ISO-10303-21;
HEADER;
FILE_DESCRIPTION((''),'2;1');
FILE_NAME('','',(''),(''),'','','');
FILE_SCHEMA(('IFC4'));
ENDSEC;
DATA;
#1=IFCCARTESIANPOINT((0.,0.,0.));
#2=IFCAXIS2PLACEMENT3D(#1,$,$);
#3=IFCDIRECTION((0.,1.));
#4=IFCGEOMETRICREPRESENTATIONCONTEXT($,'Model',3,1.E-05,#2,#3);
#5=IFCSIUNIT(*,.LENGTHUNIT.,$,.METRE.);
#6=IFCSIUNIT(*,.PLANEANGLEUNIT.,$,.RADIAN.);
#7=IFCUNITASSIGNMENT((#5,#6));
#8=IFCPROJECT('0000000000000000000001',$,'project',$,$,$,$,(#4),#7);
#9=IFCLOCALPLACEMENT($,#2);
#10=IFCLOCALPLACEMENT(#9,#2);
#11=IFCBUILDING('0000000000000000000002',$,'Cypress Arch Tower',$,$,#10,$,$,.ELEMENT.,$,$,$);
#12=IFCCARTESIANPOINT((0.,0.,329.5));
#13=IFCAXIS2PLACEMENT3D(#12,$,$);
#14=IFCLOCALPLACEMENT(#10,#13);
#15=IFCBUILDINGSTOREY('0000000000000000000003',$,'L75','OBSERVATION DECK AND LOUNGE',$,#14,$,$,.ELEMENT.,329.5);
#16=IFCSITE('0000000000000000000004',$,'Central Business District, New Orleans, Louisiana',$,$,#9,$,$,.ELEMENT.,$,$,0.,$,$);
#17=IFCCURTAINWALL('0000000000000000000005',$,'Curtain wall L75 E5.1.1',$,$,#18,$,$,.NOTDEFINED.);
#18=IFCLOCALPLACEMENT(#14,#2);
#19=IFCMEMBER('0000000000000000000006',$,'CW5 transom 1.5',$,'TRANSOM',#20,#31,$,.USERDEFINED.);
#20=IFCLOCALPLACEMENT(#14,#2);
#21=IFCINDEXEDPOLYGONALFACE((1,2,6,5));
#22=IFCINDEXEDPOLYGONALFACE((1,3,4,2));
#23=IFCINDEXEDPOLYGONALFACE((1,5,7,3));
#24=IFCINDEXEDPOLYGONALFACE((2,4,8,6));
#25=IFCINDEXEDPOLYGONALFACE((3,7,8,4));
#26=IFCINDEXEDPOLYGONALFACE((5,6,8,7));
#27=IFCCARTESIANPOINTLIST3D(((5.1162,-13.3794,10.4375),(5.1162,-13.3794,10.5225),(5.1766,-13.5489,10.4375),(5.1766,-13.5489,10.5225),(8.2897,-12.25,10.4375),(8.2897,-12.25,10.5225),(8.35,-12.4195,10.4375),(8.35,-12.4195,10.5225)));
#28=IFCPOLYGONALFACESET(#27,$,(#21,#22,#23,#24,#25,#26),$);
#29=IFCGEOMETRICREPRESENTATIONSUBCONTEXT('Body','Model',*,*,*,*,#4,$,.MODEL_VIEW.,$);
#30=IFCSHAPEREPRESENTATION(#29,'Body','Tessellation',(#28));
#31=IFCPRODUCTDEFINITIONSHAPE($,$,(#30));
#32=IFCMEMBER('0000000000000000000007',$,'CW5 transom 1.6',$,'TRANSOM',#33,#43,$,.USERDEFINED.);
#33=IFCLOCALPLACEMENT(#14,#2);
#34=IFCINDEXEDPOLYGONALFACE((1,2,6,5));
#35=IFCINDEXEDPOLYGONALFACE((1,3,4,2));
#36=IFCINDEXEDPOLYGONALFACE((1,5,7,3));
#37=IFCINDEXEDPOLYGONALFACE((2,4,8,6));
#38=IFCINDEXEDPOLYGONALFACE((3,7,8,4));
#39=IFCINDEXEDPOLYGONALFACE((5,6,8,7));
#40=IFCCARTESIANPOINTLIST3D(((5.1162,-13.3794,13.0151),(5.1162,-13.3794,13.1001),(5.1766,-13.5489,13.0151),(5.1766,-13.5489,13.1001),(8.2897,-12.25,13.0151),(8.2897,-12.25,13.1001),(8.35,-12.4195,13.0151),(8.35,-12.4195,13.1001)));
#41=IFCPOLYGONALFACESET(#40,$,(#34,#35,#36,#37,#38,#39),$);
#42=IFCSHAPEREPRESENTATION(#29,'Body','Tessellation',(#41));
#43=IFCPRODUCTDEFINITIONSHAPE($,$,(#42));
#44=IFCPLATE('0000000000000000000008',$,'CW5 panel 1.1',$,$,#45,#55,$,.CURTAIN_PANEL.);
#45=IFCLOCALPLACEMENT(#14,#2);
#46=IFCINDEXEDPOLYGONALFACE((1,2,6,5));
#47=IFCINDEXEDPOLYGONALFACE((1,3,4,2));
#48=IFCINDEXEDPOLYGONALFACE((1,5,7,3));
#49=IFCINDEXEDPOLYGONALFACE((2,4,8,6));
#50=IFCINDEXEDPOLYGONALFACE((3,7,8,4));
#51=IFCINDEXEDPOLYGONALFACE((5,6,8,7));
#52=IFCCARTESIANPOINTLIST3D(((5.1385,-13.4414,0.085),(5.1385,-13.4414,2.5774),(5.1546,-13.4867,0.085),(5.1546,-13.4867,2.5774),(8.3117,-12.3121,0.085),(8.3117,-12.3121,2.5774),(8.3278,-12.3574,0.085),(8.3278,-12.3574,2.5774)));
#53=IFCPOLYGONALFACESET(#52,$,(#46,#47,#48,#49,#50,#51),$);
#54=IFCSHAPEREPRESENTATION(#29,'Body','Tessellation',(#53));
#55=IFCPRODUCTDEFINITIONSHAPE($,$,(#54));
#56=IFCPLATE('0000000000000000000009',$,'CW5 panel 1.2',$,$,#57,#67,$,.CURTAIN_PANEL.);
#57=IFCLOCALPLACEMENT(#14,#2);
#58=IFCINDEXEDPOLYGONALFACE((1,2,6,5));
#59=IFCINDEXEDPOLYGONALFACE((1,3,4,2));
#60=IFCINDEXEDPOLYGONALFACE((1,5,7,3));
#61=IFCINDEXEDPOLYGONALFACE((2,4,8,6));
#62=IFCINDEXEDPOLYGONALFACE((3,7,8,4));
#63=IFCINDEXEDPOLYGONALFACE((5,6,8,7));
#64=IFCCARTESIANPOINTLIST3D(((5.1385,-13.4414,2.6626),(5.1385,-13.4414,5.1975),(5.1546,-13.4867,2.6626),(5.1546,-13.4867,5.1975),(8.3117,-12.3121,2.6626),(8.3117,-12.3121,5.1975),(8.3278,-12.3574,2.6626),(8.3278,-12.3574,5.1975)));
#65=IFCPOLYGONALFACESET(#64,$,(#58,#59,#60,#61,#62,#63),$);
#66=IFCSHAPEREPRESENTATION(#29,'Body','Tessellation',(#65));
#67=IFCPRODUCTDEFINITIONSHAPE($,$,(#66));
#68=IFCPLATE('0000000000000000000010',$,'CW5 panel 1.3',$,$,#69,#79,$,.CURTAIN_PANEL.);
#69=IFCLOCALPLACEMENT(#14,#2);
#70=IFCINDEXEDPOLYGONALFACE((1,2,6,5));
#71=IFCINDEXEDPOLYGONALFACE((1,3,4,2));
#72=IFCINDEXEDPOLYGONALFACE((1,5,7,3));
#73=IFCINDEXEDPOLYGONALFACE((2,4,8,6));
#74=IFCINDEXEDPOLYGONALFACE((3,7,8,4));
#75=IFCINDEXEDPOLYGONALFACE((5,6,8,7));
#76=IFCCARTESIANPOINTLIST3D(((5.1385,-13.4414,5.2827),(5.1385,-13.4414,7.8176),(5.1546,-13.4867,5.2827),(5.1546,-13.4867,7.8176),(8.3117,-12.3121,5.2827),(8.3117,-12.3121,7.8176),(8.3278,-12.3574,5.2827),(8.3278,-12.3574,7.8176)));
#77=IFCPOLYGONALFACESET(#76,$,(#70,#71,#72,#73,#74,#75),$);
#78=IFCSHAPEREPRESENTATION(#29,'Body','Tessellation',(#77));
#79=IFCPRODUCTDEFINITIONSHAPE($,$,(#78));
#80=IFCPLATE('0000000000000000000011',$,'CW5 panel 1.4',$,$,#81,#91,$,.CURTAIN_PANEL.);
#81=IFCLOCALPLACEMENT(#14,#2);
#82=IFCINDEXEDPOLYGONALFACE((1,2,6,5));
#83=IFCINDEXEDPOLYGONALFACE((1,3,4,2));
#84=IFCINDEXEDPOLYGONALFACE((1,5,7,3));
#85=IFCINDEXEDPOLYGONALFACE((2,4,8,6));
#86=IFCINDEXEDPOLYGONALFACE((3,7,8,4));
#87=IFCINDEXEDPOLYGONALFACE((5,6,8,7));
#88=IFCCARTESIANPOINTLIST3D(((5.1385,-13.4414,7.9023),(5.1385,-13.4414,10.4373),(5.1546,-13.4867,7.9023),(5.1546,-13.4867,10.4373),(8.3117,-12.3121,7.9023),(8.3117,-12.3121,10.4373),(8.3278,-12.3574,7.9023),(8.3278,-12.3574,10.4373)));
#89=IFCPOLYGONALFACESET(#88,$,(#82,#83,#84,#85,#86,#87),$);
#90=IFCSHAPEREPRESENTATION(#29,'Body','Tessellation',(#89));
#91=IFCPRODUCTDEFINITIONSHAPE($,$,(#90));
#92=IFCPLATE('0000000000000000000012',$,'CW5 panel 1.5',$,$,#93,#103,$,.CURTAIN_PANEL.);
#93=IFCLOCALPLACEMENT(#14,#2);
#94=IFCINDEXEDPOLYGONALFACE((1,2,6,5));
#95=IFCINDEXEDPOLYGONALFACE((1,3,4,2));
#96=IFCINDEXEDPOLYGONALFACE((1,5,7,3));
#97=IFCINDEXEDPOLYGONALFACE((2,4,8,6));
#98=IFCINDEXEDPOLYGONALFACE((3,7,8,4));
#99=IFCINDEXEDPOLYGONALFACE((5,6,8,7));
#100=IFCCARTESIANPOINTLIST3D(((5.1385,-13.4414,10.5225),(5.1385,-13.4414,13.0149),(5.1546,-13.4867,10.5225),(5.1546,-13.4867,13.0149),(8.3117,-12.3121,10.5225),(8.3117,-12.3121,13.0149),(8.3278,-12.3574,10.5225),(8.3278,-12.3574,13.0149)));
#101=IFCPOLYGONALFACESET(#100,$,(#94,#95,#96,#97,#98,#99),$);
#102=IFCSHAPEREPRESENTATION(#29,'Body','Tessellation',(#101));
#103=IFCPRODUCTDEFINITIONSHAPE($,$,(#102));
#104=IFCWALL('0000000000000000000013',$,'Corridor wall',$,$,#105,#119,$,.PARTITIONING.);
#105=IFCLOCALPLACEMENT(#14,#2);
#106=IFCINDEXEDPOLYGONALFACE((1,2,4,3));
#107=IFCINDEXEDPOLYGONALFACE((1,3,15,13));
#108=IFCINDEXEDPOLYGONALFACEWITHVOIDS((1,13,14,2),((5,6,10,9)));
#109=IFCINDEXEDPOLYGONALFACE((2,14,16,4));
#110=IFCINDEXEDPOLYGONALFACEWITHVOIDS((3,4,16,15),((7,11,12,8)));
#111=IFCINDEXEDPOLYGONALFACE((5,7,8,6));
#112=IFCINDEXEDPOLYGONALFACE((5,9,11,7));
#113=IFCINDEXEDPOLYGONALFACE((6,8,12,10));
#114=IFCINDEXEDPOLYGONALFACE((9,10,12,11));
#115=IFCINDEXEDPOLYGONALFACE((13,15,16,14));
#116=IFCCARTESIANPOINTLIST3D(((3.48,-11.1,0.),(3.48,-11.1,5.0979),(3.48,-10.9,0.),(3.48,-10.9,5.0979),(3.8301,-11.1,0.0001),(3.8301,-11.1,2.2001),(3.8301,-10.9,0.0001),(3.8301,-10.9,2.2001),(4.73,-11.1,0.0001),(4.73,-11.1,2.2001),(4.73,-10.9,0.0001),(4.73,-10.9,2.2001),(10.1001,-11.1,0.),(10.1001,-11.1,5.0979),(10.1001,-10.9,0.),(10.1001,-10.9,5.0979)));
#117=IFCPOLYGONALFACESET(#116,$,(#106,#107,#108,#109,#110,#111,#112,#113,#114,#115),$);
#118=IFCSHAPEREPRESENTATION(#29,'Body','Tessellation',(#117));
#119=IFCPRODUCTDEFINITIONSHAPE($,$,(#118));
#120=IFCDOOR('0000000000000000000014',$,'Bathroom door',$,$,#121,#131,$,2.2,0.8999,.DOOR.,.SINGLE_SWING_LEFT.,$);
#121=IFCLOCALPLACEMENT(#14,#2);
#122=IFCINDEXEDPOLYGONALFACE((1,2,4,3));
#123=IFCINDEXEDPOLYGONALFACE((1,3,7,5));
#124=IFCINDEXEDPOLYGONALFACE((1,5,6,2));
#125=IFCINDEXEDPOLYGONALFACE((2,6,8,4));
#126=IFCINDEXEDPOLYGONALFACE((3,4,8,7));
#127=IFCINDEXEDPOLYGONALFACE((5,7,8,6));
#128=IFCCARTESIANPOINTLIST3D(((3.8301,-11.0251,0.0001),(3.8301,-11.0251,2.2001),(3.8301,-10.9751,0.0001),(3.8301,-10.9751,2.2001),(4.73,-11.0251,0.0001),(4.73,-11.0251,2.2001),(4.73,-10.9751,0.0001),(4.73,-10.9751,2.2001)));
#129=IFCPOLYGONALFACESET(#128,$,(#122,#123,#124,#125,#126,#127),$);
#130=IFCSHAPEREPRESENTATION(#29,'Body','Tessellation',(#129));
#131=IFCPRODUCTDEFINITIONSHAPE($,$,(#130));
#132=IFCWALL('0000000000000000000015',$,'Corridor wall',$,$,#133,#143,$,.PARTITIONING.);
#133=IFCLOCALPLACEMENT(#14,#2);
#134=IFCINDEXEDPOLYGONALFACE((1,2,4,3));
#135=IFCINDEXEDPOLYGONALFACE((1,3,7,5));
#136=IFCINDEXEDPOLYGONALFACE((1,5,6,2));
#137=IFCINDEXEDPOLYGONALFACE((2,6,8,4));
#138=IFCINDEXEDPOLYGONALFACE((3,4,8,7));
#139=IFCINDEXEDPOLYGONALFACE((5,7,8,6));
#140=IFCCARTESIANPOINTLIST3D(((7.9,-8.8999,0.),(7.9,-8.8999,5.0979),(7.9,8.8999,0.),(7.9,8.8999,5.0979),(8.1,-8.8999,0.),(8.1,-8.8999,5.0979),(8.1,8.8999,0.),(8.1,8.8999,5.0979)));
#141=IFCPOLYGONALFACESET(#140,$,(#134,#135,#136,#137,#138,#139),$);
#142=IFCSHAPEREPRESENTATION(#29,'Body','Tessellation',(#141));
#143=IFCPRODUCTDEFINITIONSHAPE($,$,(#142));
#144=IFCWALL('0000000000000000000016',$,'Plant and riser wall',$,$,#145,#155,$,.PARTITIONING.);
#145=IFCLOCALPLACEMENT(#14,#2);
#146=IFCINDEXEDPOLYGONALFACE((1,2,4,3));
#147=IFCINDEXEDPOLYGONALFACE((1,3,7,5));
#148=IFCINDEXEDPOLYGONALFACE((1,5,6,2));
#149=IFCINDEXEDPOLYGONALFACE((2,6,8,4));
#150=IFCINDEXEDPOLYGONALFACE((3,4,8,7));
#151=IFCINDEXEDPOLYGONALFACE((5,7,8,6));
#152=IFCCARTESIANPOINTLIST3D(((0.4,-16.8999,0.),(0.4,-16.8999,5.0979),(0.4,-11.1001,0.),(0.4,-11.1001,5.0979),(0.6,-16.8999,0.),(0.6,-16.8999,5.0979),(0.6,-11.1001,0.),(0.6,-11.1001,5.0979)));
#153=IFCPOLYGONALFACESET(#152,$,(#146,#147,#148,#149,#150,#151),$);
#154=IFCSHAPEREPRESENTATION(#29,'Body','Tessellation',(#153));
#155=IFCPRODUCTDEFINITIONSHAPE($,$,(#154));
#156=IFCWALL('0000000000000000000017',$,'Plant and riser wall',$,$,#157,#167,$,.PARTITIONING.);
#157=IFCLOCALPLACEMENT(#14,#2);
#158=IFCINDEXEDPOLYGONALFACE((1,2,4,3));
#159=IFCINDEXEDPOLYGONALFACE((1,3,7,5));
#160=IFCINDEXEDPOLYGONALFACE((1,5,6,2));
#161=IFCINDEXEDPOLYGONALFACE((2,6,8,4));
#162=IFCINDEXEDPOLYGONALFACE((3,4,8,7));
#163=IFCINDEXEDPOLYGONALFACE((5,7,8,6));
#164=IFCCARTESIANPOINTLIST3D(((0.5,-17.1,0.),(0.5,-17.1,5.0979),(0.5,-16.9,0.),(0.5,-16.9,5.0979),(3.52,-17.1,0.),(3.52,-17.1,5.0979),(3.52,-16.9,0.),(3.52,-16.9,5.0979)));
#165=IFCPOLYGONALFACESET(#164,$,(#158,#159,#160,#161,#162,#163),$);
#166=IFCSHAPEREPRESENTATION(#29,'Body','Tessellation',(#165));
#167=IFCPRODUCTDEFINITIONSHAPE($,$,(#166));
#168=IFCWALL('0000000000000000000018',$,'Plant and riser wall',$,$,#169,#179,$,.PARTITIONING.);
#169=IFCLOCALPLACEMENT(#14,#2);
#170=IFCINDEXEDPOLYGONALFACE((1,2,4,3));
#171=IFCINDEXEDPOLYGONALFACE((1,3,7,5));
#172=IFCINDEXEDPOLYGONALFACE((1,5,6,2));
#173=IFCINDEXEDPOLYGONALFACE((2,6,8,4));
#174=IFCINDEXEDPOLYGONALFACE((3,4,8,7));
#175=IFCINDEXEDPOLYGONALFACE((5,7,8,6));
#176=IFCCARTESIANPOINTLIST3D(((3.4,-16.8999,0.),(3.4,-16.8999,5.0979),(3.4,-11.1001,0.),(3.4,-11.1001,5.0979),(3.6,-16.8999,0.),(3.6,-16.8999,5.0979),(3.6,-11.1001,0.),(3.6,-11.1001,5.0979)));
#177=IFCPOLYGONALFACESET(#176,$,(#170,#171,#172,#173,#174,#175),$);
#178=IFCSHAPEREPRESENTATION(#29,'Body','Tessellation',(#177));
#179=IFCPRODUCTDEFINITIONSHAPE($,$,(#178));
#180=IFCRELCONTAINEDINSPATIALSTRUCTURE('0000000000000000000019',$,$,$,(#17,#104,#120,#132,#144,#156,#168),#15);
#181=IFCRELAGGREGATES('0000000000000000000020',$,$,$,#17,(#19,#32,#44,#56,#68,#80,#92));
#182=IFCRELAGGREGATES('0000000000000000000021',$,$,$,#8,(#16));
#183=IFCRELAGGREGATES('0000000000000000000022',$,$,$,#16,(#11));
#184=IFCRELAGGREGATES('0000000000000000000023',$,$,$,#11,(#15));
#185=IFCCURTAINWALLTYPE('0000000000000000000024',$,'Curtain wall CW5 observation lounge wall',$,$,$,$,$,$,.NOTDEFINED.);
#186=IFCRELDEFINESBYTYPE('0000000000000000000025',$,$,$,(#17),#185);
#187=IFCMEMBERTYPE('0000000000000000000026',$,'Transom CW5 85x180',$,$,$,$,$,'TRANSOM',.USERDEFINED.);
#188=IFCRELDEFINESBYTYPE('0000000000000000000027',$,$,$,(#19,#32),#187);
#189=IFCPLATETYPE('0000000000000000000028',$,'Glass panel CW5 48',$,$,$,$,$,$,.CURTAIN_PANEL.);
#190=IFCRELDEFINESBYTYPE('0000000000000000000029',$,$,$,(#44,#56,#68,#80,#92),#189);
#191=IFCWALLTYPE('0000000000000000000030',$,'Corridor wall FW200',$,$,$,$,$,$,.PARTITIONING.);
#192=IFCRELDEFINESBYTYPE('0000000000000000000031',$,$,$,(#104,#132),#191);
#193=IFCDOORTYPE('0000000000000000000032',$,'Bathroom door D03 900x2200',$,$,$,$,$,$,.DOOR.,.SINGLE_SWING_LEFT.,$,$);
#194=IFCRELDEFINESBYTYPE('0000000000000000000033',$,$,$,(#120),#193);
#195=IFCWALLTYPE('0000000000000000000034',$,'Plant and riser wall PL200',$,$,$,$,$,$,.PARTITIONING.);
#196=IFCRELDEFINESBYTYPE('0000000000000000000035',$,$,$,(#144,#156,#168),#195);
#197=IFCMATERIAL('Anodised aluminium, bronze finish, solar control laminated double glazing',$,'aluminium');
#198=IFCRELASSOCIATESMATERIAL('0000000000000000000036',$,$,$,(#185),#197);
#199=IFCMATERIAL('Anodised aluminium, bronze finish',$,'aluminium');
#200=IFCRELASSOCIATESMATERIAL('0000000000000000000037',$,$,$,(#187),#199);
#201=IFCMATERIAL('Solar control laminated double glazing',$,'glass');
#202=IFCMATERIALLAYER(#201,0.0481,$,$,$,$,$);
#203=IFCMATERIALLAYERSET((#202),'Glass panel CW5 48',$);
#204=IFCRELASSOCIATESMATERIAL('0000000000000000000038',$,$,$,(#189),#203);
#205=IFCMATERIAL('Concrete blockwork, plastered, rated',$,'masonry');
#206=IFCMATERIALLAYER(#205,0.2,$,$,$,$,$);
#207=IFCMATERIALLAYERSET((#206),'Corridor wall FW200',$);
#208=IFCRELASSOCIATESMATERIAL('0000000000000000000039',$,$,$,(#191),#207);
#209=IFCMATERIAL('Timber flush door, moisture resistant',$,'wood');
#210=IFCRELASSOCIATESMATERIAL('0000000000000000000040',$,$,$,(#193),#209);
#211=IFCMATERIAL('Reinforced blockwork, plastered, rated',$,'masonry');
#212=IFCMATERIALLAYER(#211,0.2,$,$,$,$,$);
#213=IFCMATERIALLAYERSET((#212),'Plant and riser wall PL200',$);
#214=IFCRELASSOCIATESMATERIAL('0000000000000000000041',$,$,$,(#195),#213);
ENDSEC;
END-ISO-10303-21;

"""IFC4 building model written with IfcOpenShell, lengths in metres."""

from ifc_helpers import new_model, si_unit, direction, frame, frame_2d, origin, origin_2d, place, context, subcontext, project, spatial, rectangle, extrude, material, layer, layer_set, material_profile, profile_set, type_object, element, fill, aggregate, save


model = new_model("IFC4")

# Units and contexts
model_context = context("Model", 3, precision=1e-05, world=origin(), true_north=direction((0.0, 1.0)))
body_context = subcontext(model_context, "Body", "Model", "MODEL_VIEW")
ifc_project = project(units=[si_unit("LENGTHUNIT", "METRE"), si_unit("PLANEANGLEUNIT", "RADIAN")], contexts=[model_context])

# Site, building, storey
site_placement = place(None, origin())
site = spatial("IfcSite", under=ifc_project, at=site_placement, Name="Central Business District, New Orleans, Louisiana", CompositionType="ELEMENT", RefElevation=0.0)
building_placement = place(site_placement, origin())
building = spatial("IfcBuilding", under=site, at=building_placement, Name="Cypress Arch Tower", CompositionType="ELEMENT")
storey_placement = place(building_placement, frame((0.0, 0.0, 329.5)))
storey = spatial("IfcBuildingStorey", under=building, at=storey_placement, Name="L75", Description="OBSERVATION DECK AND LOUNGE", CompositionType="ELEMENT", Elevation=329.5)

# Curtain wall
ifc_material_1 = material(Name="Anodised aluminium, bronze finish, solar control laminated double glazing", Category="aluminium")
curtain_wall_type = type_object("IfcCurtainWallType", Name="Curtain wall CW5 observation lounge wall", PredefinedType="NOTDEFINED", material=ifc_material_1)
curtain_wall_placement = place(storey_placement, origin())
curtain_wall = element("IfcCurtainWall", 1, at=curtain_wall_placement, inside=storey, type_object=curtain_wall_type, Name="Curtain wall L75 E5.1.1", PredefinedType="NOTDEFINED")

# Members
ifc_material_2 = material(Name="Anodised aluminium, bronze finish", Category="aluminium")
ifc_material_profile_1 = material_profile(ifc_material_2, rectangle(XDim=0.1799, YDim=0.085, at=origin_2d()), Name="Transom 85x180")
ifc_profile_set_1 = profile_set([ifc_material_profile_1], Name="Anodised aluminium, bronze finish")
member_type_1 = type_object("IfcMemberType", Name="Transom CW5 85x180", ElementType="TRANSOM", PredefinedType="USERDEFINED", material=ifc_profile_set_1)
member_1_placement = place(storey_placement, frame((8.3198, -12.3347, 10.48), z_axis=(-0.942112, -0.335298, 0.0), x_axis=(0.335298, -0.942112, 0.0)))
member_1 = element("IfcMember", 2, at=member_1_placement, type_object=member_type_1, Name="CW5 transom 1.5", ObjectType="TRANSOM", PredefinedType="USERDEFINED", context=body_context, shape_type="SweptSolid", body=[
    extrude(rectangle(XDim=0.1799, YDim=0.085, at=origin_2d()), origin(), (0.0, 0.0, 1.0), 3.3684),
])
member_2_placement = place(storey_placement, frame((8.3198, -12.3347, 13.0576), z_axis=(-0.942112, -0.335298, 0.0), x_axis=(0.335298, -0.942112, 0.0)))
member_2 = element("IfcMember", 3, at=member_2_placement, type_object=member_type_1, Name="CW5 transom 1.6", ObjectType="TRANSOM", PredefinedType="USERDEFINED", context=body_context, shape_type="SweptSolid", body=[
    extrude(rectangle(XDim=0.1799, YDim=0.085, at=origin_2d()), origin(), (0.0, 0.0, 1.0), 3.3684),
])

# Plates
ifc_material_3 = material(Name="Solar control laminated double glazing", Category="glass")
ifc_layer_1 = layer(ifc_material_3, 0.0481)
ifc_layer_set_1 = layer_set([ifc_layer_1], Name="Glass panel CW5 48")
plate_type = type_object("IfcPlateType", Name="Glass panel CW5 48", PredefinedType="CURTAIN_PANEL", material=ifc_layer_set_1)
plate_1_placement = place(storey_placement, frame((6.7332, -12.8994, 0.085), z_axis=(0.0, 0.0, 1.0), x_axis=(-0.94211, -0.335304, 0.0)))
plate_1 = element("IfcPlate", 4, at=plate_1_placement, type_object=plate_type, Name="CW5 panel 1.1", PredefinedType="CURTAIN_PANEL", context=body_context, shape_type="SweptSolid", body=[
    extrude(rectangle(XDim=3.3682, YDim=0.0481, at=origin_2d()), origin(), (0.0, 0.0, 1.0), 2.4924),
])
plate_2_placement = place(storey_placement, frame((6.7332, -12.8994, 2.6626), z_axis=(0.0, 0.0, 1.0), x_axis=(-0.94211, -0.335304, 0.0)))
plate_2 = element("IfcPlate", 5, at=plate_2_placement, type_object=plate_type, Name="CW5 panel 1.2", PredefinedType="CURTAIN_PANEL", context=body_context, shape_type="SweptSolid", body=[
    extrude(rectangle(XDim=3.3682, YDim=0.0481, at=origin_2d()), origin(), (0.0, 0.0, 1.0), 2.5349),
])
plate_3_placement = place(storey_placement, frame((6.7332, -12.8994, 5.2827), z_axis=(0.0, 0.0, 1.0), x_axis=(-0.94211, -0.335304, 0.0)))
plate_3 = element("IfcPlate", 6, at=plate_3_placement, type_object=plate_type, Name="CW5 panel 1.3", PredefinedType="CURTAIN_PANEL", context=body_context, shape_type="SweptSolid", body=[
    extrude(rectangle(XDim=3.3682, YDim=0.0481, at=origin_2d()), origin(), (0.0, 0.0, 1.0), 2.5349),
])
plate_4_placement = place(storey_placement, frame((6.7332, -12.8994, 7.9023), z_axis=(0.0, 0.0, 1.0), x_axis=(-0.94211, -0.335304, 0.0)))
plate_4 = element("IfcPlate", 7, at=plate_4_placement, type_object=plate_type, Name="CW5 panel 1.4", PredefinedType="CURTAIN_PANEL", context=body_context, shape_type="SweptSolid", body=[
    extrude(rectangle(XDim=3.3682, YDim=0.0481, at=origin_2d()), origin(), (0.0, 0.0, 1.0), 2.5349),
])
plate_5_placement = place(storey_placement, frame((6.7332, -12.8994, 10.5225), z_axis=(0.0, 0.0, 1.0), x_axis=(-0.94211, -0.335304, 0.0)))
plate_5 = element("IfcPlate", 8, at=plate_5_placement, type_object=plate_type, Name="CW5 panel 1.5", PredefinedType="CURTAIN_PANEL", context=body_context, shape_type="SweptSolid", body=[
    extrude(rectangle(XDim=3.3682, YDim=0.0481, at=origin_2d()), origin(), (0.0, 0.0, 1.0), 2.4924),
])
aggregate(curtain_wall, [member_1, member_2, plate_1, plate_2, plate_3, plate_4, plate_5])

# Wall, opening, door
ifc_material_4 = material(Name="Concrete blockwork, plastered, rated", Category="masonry")
ifc_layer_2 = layer(ifc_material_4, 0.2)
ifc_layer_set_2 = layer_set([ifc_layer_2], Name="Corridor wall FW200")
wall_type_1 = type_object("IfcWallType", Name="Corridor wall FW200", PredefinedType="PARTITIONING", material=ifc_layer_set_2)
wall_1_placement = place(storey_placement, frame((3.48, -11.0, 0.0), z_axis=(0.0, 0.0, 1.0), x_axis=(1.0, 0.0, 0.0)))
wall_1 = element("IfcWall", 9, at=wall_1_placement, inside=storey, type_object=wall_type_1, Name="Corridor wall", PredefinedType="PARTITIONING", context=body_context, shape_type="SweptSolid", body=[
    extrude(rectangle(XDim=6.6201, YDim=0.2, at=frame_2d((3.3101, 0.0))), origin(), (0.0, 0.0, 1.0), 5.0979),
])
opening_1_placement = place(wall_1_placement, frame((0.3501, 0.0, 0.0)))
opening_1 = element("IfcOpeningElement", 10, at=opening_1_placement, cuts=wall_1, PredefinedType="OPENING", context=body_context, shape_type="SweptSolid", body=[
    extrude(rectangle(XDim=0.8999, YDim=2.2, at=frame_2d((0.45, 1.1001))), frame((0.0, 0.1099, 0.0), z_axis=(0.0, -1.0, 0.0), x_axis=(1.0, 0.0, 0.0)), (0.0, 0.0, 1.0), 0.22),
])
ifc_material_5 = material(Name="Timber flush door, moisture resistant", Category="wood")
door_type_1 = type_object("IfcDoorType", Name="Bathroom door D03 900x2200", OperationType="SINGLE_SWING_LEFT", PredefinedType="DOOR", material=ifc_material_5)
door_1_placement = place(opening_1_placement, origin())
door_1 = element("IfcDoor", 11, at=door_1_placement, inside=storey, type_object=door_type_1, Name="Bathroom door", OperationType="SINGLE_SWING_LEFT", OverallHeight=2.2, OverallWidth=0.8999, PredefinedType="DOOR", context=body_context, shape_type="SweptSolid", body=[
    extrude(rectangle(XDim=0.8999, YDim=2.2, at=frame_2d((0.45, 1.1001))), frame((0.0, 0.0249, 0.0), z_axis=(0.0, -1.0, 0.0), x_axis=(1.0, 0.0, 0.0)), (0.0, 0.0, 1.0), 0.05),
])
fill(opening_1, door_1)

# Wall
wall_2_placement = place(storey_placement, frame((8.0, -8.8999, 0.0), z_axis=(0.0, 0.0, 1.0), x_axis=(0.0, 1.0, 0.0)))
element("IfcWall", 12, at=wall_2_placement, inside=storey, type_object=wall_type_1, Name="Corridor wall", PredefinedType="PARTITIONING", context=body_context, shape_type="SweptSolid", body=[
    extrude(rectangle(XDim=17.7998, YDim=0.2, at=frame_2d((8.8999, 0.0))), origin(), (0.0, 0.0, 1.0), 5.0979),
])

# Shared definitions
ifc_material_6 = material(Name="Reinforced blockwork, plastered, rated", Category="masonry")
ifc_layer_3 = layer(ifc_material_6, 0.2)
ifc_layer_set_3 = layer_set([ifc_layer_3], Name="Plant and riser wall PL200")
wall_type_2 = type_object("IfcWallType", Name="Plant and riser wall PL200", PredefinedType="PARTITIONING", material=ifc_layer_set_3)

# Walls
wall_3_placement = place(storey_placement, frame((0.5, -16.8999, 0.0), z_axis=(0.0, 0.0, 1.0), x_axis=(0.0, 1.0, 0.0)))
element("IfcWall", 13, at=wall_3_placement, inside=storey, type_object=wall_type_2, Name="Plant and riser wall", PredefinedType="PARTITIONING", context=body_context, shape_type="SweptSolid", body=[
    extrude(rectangle(XDim=5.7998, YDim=0.2, at=frame_2d((2.8999, 0.0))), origin(), (0.0, 0.0, 1.0), 5.0979),
])
wall_4_placement = place(storey_placement, frame((0.5, -17.0, 0.0), z_axis=(0.0, 0.0, 1.0), x_axis=(1.0, 0.0, 0.0)))
element("IfcWall", 14, at=wall_4_placement, inside=storey, type_object=wall_type_2, Name="Plant and riser wall", PredefinedType="PARTITIONING", context=body_context, shape_type="SweptSolid", body=[
    extrude(rectangle(XDim=3.02, YDim=0.2, at=frame_2d((1.51, 0.0))), origin(), (0.0, 0.0, 1.0), 5.0979),
])
wall_5_placement = place(storey_placement, frame((3.5, -16.8999, 0.0), z_axis=(0.0, 0.0, 1.0), x_axis=(0.0, 1.0, 0.0)))
element("IfcWall", 15, at=wall_5_placement, inside=storey, type_object=wall_type_2, Name="Plant and riser wall", PredefinedType="PARTITIONING", context=body_context, shape_type="SweptSolid", body=[
    extrude(rectangle(XDim=5.7998, YDim=0.2, at=frame_2d((2.8999, 0.0))), origin(), (0.0, 0.0, 1.0), 5.0979),
])

save(model, "model.ifc")
